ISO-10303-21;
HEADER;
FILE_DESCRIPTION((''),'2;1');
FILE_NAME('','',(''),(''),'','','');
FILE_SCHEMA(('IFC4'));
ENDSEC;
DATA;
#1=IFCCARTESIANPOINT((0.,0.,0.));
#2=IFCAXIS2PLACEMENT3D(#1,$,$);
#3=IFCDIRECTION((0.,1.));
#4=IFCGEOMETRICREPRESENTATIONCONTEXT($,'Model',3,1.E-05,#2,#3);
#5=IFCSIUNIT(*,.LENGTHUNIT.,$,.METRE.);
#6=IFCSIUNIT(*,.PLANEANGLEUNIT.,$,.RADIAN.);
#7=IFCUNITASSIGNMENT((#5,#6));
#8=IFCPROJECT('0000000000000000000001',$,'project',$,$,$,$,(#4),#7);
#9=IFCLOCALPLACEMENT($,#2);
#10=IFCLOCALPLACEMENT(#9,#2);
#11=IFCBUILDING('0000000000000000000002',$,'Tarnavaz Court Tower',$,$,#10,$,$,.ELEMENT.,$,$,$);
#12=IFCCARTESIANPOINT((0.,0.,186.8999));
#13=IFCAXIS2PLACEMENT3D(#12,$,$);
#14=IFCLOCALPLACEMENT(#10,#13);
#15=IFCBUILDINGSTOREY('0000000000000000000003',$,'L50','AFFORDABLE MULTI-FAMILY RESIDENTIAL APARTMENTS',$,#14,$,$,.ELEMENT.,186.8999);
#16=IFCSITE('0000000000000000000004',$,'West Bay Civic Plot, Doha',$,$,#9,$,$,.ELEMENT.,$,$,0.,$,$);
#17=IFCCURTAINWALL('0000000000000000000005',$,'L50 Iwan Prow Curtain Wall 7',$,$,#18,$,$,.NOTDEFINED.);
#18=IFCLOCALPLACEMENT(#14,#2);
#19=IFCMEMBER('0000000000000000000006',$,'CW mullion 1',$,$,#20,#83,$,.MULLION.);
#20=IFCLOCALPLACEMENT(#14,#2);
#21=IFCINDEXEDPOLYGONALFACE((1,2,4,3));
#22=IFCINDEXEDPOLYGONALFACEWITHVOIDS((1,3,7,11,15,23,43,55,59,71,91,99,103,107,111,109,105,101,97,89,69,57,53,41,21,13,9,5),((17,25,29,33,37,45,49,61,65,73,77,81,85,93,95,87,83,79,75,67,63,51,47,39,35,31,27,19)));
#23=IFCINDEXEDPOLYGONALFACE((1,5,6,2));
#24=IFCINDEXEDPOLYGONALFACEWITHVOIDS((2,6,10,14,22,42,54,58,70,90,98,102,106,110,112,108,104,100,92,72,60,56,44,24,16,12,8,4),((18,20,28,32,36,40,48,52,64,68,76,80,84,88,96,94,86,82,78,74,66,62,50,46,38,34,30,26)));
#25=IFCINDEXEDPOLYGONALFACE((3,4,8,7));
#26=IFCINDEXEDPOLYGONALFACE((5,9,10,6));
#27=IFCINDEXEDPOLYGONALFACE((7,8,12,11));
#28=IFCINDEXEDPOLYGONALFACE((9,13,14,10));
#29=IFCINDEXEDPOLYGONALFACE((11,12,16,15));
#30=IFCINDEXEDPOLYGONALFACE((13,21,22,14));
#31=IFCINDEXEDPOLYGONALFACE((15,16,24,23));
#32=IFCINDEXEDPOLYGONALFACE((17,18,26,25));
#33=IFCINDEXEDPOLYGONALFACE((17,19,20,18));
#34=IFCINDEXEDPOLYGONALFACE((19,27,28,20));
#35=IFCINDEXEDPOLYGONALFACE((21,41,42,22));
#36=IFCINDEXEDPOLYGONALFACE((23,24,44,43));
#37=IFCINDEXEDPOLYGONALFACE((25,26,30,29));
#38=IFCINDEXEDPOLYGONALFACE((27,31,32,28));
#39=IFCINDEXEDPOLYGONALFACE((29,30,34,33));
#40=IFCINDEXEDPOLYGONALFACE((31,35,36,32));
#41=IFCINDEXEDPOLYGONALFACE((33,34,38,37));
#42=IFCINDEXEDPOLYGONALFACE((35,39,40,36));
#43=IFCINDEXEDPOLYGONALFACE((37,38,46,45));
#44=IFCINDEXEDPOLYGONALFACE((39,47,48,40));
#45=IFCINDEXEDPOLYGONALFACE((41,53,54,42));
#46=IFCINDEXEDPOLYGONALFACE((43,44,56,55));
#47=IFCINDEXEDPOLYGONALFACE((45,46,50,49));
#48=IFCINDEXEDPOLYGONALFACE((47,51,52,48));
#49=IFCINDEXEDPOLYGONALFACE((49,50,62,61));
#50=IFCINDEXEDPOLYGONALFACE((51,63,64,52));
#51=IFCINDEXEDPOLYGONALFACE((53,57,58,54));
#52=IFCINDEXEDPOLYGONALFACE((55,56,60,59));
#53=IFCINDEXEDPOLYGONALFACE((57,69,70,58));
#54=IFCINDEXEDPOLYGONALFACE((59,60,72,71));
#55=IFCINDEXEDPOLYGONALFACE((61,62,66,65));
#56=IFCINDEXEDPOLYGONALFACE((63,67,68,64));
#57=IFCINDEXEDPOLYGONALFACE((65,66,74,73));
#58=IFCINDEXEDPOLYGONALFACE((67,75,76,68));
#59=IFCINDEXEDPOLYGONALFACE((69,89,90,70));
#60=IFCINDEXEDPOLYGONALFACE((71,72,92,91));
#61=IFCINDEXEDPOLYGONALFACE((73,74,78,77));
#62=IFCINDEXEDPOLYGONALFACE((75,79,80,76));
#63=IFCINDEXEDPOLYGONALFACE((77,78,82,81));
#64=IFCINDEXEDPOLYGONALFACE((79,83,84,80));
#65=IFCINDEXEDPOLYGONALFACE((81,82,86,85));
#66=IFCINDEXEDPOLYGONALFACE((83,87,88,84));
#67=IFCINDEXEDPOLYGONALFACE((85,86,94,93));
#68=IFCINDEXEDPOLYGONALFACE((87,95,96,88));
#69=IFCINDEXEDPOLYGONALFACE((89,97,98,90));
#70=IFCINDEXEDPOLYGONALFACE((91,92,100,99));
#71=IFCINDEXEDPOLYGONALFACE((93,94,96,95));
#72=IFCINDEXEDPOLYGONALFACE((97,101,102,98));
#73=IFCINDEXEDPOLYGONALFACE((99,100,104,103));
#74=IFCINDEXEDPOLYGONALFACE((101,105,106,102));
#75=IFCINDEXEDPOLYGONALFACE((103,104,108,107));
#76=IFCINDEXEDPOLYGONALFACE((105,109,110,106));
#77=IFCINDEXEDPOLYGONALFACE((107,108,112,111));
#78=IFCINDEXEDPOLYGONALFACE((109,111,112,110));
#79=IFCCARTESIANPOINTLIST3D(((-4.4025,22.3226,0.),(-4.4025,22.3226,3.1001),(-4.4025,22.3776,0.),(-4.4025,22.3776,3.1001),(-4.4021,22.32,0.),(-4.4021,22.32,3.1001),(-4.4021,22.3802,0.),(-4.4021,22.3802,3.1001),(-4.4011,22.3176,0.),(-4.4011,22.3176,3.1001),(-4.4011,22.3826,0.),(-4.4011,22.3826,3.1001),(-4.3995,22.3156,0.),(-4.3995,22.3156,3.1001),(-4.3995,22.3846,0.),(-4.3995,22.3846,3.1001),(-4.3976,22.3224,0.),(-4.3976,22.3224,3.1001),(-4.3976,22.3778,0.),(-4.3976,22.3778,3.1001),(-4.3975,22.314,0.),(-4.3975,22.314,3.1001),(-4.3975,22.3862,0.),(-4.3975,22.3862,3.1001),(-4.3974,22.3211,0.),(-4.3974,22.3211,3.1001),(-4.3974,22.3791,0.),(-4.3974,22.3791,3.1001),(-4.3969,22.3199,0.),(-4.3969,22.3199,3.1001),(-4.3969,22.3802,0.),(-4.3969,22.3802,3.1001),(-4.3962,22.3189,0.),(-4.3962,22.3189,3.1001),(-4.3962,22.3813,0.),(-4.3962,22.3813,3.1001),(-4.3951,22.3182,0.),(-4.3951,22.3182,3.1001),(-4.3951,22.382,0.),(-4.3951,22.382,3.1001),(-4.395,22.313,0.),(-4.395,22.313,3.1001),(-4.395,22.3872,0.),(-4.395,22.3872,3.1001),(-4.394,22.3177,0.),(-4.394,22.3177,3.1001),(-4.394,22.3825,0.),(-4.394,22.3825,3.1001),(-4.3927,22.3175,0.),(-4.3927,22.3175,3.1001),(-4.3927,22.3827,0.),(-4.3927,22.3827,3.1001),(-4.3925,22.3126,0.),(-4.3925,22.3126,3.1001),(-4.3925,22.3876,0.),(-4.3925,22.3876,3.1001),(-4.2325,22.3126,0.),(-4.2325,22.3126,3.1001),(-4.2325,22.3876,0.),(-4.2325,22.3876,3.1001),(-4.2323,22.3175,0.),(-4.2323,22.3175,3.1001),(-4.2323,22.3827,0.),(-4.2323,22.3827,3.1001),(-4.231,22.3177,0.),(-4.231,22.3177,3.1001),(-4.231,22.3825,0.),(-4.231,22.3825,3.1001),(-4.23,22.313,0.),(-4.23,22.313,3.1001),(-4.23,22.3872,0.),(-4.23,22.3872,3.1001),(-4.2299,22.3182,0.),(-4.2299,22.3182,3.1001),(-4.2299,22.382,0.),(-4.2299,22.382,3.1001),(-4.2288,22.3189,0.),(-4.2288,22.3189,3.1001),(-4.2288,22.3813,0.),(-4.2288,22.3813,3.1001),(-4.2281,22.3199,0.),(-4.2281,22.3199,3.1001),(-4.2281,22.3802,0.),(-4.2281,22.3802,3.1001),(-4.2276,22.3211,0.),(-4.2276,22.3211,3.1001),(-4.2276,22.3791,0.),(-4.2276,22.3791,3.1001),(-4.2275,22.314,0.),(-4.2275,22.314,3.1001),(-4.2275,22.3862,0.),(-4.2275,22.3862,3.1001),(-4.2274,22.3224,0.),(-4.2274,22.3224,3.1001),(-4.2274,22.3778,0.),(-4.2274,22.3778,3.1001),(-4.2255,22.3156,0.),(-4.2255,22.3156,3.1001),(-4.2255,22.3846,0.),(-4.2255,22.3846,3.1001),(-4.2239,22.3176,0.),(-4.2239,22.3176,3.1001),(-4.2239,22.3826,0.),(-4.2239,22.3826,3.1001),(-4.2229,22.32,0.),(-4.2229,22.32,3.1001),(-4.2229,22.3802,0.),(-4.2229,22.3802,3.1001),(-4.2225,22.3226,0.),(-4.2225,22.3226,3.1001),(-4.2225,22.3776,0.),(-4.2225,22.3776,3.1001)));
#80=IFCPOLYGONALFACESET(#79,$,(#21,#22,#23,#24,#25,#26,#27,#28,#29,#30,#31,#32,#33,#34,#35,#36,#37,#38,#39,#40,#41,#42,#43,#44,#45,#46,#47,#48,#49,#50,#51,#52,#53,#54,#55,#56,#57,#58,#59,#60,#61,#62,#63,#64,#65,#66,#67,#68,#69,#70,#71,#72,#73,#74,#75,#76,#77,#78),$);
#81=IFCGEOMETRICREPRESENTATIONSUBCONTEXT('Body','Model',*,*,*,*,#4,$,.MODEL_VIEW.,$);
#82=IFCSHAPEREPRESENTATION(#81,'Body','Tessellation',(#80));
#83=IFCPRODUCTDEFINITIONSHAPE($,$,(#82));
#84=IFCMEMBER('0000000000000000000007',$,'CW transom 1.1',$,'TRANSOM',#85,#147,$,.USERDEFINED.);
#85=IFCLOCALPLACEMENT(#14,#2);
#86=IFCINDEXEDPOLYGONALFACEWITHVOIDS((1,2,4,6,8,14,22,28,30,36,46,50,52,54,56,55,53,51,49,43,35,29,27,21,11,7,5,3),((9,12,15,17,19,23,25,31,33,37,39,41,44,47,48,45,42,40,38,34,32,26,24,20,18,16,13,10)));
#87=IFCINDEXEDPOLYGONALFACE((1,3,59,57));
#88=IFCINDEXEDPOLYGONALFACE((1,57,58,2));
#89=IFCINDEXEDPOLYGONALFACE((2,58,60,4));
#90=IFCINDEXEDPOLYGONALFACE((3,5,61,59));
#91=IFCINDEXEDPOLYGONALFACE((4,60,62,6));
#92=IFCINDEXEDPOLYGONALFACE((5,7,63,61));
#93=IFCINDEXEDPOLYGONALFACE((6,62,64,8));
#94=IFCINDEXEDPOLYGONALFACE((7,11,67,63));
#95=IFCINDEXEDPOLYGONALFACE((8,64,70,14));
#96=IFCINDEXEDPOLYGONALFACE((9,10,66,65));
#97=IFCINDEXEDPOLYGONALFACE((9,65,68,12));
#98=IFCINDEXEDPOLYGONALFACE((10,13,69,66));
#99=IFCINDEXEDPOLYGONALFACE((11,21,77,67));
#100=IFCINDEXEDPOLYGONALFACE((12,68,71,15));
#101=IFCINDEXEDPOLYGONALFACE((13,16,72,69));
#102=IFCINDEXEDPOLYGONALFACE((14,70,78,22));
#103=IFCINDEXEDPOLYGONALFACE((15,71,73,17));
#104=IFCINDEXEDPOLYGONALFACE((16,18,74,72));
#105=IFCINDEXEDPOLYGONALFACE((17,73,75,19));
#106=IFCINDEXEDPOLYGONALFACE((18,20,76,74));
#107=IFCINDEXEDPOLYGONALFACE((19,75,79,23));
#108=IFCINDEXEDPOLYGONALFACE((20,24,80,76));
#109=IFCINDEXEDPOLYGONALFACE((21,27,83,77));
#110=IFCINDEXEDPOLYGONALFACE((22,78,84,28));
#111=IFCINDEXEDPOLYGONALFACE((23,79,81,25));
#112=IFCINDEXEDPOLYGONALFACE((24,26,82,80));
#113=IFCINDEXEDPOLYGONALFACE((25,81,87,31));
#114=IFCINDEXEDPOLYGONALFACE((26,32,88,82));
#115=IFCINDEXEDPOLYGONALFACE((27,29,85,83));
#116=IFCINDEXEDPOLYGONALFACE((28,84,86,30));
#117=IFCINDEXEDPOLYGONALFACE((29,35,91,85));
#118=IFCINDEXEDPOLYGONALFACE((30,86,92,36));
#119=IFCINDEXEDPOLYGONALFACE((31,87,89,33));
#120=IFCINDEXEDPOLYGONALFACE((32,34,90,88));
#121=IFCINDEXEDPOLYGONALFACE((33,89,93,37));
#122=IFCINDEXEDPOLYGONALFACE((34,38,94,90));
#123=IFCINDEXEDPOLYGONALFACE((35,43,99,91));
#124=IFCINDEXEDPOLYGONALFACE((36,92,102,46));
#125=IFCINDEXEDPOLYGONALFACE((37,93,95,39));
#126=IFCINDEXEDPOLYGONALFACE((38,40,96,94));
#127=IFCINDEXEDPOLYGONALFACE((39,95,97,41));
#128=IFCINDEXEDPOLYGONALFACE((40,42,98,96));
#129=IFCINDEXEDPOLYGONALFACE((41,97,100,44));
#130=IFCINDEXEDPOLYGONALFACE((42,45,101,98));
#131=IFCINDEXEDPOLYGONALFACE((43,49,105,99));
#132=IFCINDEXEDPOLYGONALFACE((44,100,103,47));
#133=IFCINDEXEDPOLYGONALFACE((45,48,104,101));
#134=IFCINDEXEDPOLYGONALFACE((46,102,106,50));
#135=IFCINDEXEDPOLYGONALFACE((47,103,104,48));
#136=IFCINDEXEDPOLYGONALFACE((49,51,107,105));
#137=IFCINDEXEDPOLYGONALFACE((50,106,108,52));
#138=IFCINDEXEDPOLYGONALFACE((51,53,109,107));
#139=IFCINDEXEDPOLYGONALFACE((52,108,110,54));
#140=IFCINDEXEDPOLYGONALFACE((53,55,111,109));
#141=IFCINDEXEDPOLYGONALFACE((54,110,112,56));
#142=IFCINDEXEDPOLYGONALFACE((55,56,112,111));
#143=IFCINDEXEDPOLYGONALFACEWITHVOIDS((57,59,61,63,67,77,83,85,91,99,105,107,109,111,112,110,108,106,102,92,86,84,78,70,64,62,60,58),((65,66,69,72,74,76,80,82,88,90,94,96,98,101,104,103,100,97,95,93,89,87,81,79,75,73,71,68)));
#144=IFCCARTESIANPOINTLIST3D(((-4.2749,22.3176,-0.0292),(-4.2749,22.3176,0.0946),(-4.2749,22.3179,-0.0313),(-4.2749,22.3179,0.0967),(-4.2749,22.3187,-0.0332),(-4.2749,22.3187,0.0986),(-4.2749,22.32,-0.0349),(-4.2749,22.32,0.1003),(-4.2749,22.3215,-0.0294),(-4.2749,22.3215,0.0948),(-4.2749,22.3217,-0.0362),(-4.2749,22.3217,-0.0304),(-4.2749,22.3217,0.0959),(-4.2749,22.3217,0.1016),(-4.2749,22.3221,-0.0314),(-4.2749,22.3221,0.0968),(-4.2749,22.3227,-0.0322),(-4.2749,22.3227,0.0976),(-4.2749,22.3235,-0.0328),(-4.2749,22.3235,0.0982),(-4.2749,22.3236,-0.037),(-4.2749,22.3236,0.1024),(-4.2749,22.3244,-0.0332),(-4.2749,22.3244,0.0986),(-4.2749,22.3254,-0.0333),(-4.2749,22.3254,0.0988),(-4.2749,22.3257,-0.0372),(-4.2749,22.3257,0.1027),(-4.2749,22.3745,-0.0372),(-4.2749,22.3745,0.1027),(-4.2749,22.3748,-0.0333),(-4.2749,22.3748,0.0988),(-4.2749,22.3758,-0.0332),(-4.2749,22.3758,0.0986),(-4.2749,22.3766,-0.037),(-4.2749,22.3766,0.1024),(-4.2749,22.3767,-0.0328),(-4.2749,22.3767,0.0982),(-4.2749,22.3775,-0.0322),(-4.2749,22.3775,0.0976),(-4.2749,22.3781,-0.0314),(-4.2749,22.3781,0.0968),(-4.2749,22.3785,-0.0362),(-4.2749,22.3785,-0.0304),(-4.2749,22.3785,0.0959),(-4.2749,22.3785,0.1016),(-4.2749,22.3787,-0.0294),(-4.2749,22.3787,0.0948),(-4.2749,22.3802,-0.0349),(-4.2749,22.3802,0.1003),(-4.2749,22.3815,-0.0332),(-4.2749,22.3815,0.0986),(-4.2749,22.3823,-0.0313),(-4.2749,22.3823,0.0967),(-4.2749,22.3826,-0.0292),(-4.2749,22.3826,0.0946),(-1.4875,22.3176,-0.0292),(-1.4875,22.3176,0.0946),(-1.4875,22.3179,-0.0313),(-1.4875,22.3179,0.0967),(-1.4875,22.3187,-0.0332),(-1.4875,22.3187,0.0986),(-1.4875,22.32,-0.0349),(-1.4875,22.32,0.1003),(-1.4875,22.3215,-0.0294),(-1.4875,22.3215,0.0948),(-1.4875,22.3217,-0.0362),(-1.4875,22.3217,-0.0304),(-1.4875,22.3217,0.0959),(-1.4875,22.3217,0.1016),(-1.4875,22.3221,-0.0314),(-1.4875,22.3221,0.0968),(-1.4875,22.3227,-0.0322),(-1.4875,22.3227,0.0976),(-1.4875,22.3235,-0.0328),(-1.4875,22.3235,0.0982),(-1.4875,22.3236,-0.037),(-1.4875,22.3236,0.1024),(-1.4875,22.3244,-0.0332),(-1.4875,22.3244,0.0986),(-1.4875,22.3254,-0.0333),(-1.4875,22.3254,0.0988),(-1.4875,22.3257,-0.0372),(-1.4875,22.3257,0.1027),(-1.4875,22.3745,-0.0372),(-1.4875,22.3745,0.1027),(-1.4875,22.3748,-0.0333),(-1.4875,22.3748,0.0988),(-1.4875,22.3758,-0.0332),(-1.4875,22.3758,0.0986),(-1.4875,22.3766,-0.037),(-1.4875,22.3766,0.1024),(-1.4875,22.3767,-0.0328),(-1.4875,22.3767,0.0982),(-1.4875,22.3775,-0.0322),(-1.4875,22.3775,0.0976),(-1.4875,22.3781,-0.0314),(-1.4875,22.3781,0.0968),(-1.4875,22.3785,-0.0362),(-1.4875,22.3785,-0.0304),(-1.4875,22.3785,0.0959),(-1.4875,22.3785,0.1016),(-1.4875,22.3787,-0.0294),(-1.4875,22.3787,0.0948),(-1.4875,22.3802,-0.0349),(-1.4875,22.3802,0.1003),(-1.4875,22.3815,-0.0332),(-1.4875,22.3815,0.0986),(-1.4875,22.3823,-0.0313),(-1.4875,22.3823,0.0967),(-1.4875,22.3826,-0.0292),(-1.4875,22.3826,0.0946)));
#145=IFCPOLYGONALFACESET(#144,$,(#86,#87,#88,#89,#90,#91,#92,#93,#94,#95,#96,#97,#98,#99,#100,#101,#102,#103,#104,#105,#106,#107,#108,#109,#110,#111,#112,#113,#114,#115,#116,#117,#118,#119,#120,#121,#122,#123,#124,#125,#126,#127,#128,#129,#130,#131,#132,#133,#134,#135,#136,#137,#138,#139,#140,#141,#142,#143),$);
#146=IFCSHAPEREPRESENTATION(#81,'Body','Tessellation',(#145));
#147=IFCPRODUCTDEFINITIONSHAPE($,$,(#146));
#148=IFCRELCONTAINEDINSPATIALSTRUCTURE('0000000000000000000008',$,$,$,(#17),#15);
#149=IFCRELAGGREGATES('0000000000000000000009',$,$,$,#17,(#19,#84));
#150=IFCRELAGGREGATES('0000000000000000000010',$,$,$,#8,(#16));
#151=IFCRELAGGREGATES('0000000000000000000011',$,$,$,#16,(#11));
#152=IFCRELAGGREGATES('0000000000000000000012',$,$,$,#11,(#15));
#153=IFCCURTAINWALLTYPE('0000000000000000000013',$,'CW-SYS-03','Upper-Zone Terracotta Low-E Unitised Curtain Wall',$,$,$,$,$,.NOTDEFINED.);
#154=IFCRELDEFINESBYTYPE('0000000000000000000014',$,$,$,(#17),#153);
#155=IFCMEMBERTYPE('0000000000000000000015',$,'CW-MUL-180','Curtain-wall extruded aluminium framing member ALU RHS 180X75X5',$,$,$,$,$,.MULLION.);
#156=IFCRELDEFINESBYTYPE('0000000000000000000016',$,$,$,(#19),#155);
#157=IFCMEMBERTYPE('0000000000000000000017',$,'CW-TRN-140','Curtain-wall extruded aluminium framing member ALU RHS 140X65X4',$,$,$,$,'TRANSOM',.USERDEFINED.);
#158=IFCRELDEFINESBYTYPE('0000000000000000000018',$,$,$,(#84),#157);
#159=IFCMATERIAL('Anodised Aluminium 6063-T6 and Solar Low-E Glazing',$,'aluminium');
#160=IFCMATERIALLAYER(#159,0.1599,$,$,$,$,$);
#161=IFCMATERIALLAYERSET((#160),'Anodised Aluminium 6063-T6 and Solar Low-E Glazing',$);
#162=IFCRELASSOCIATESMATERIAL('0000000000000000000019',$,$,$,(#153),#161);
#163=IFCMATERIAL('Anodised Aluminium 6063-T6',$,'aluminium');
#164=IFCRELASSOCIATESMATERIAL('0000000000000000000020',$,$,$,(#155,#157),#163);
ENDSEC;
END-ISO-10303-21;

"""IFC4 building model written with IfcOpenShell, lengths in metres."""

from ifc_helpers import new_model, si_unit, direction, frame, origin, origin_2d, place, context, subcontext, project, spatial, hollow_rectangle, extrude, material, layer, layer_set, material_profile, profile_set, type_object, element, aggregate, save


model = new_model("IFC4")

# Units and contexts
model_context = context("Model", 3, precision=1e-05, world=origin(), true_north=direction((0.0, 1.0)))
body_context = subcontext(model_context, "Body", "Model", "MODEL_VIEW")
ifc_project = project(units=[si_unit("LENGTHUNIT", "METRE"), si_unit("PLANEANGLEUNIT", "RADIAN")], contexts=[model_context])

# Site, building, storey
site_placement = place(None, origin())
site = spatial("IfcSite", under=ifc_project, at=site_placement, Name="West Bay Civic Plot, Doha", CompositionType="ELEMENT", RefElevation=0.0)
building_placement = place(site_placement, origin())
building = spatial("IfcBuilding", under=site, at=building_placement, Name="Tarnavaz Court Tower", CompositionType="ELEMENT")
storey_placement = place(building_placement, frame((0.0, 0.0, 186.8999)))
storey = spatial("IfcBuildingStorey", under=building, at=storey_placement, Name="L50", Description="AFFORDABLE MULTI-FAMILY RESIDENTIAL APARTMENTS", CompositionType="ELEMENT", Elevation=186.8999)

# Curtain wall, members
ifc_material_1 = material(Name="Anodised Aluminium 6063-T6 and Solar Low-E Glazing", Category="aluminium")
ifc_layer_1 = layer(ifc_material_1, 0.1599)
ifc_layer_set_1 = layer_set([ifc_layer_1], Name="Anodised Aluminium 6063-T6 and Solar Low-E Glazing")
curtain_wall_type = type_object("IfcCurtainWallType", Name="CW-SYS-03", Description="Upper-Zone Terracotta Low-E Unitised Curtain Wall", PredefinedType="NOTDEFINED", material=ifc_layer_set_1)
curtain_wall_placement = place(storey_placement, origin())
curtain_wall = element("IfcCurtainWall", 1, at=curtain_wall_placement, inside=storey, type_object=curtain_wall_type, Name="L50 Iwan Prow Curtain Wall 7", PredefinedType="NOTDEFINED")
ifc_material_2 = material(Name="Anodised Aluminium 6063-T6", Category="aluminium")
ifc_material_profile_1 = material_profile(ifc_material_2, hollow_rectangle(XDim=0.075, YDim=0.1799, WallThickness=0.0049, InnerFilletRadius=0.0049, OuterFilletRadius=0.01, at=origin_2d()), Name="ALU RHS 180X75X5")
ifc_profile_set_1 = profile_set([ifc_material_profile_1], Name="Anodised Aluminium 6063-T6")
member_type_1 = type_object("IfcMemberType", Name="CW-MUL-180", Description="Curtain-wall extruded aluminium framing member ALU RHS 180X75X5", PredefinedType="MULLION", material=ifc_profile_set_1)
member_1_placement = place(storey_placement, frame((-4.3125, 22.3501, 0.0), z_axis=(0.0, 0.0, 1.0), x_axis=(0.0, 1.0, 0.0)))
member_1 = element("IfcMember", 2, at=member_1_placement, type_object=member_type_1, Name="CW mullion 1", PredefinedType="MULLION", context=body_context, shape_type="SweptSolid", body=[
    extrude(hollow_rectangle(XDim=0.075, YDim=0.1799, WallThickness=0.0049, InnerFilletRadius=0.0049, OuterFilletRadius=0.01, at=origin_2d()), origin(), (0.0, 0.0, 1.0), 3.1001),
])
ifc_material_profile_2 = material_profile(ifc_material_2, hollow_rectangle(XDim=0.0649, YDim=0.1399, WallThickness=0.0039, InnerFilletRadius=0.0039, OuterFilletRadius=0.0081, at=origin_2d()), Name="ALU RHS 140X65X4")
ifc_profile_set_2 = profile_set([ifc_material_profile_2], Name="Anodised Aluminium 6063-T6")
member_type_2 = type_object("IfcMemberType", Name="CW-TRN-140", Description="Curtain-wall extruded aluminium framing member ALU RHS 140X65X4", ElementType="TRANSOM", PredefinedType="USERDEFINED", material=ifc_profile_set_2)
member_2_placement = place(storey_placement, frame((-4.2749, 22.3501, 0.0327), z_axis=(1.0, 0.0, 0.0), x_axis=(0.0, 1.0, 0.0)))
member_2 = element("IfcMember", 3, at=member_2_placement, type_object=member_type_2, Name="CW transom 1.1", ObjectType="TRANSOM", PredefinedType="USERDEFINED", context=body_context, shape_type="SweptSolid", body=[
    extrude(hollow_rectangle(XDim=0.0649, YDim=0.1399, WallThickness=0.0039, InnerFilletRadius=0.0039, OuterFilletRadius=0.0081, at=origin_2d()), origin(), (0.0, 0.0, 1.0), 2.7874),
])
aggregate(curtain_wall, [member_1, member_2])

save(model, "model.ifc")
